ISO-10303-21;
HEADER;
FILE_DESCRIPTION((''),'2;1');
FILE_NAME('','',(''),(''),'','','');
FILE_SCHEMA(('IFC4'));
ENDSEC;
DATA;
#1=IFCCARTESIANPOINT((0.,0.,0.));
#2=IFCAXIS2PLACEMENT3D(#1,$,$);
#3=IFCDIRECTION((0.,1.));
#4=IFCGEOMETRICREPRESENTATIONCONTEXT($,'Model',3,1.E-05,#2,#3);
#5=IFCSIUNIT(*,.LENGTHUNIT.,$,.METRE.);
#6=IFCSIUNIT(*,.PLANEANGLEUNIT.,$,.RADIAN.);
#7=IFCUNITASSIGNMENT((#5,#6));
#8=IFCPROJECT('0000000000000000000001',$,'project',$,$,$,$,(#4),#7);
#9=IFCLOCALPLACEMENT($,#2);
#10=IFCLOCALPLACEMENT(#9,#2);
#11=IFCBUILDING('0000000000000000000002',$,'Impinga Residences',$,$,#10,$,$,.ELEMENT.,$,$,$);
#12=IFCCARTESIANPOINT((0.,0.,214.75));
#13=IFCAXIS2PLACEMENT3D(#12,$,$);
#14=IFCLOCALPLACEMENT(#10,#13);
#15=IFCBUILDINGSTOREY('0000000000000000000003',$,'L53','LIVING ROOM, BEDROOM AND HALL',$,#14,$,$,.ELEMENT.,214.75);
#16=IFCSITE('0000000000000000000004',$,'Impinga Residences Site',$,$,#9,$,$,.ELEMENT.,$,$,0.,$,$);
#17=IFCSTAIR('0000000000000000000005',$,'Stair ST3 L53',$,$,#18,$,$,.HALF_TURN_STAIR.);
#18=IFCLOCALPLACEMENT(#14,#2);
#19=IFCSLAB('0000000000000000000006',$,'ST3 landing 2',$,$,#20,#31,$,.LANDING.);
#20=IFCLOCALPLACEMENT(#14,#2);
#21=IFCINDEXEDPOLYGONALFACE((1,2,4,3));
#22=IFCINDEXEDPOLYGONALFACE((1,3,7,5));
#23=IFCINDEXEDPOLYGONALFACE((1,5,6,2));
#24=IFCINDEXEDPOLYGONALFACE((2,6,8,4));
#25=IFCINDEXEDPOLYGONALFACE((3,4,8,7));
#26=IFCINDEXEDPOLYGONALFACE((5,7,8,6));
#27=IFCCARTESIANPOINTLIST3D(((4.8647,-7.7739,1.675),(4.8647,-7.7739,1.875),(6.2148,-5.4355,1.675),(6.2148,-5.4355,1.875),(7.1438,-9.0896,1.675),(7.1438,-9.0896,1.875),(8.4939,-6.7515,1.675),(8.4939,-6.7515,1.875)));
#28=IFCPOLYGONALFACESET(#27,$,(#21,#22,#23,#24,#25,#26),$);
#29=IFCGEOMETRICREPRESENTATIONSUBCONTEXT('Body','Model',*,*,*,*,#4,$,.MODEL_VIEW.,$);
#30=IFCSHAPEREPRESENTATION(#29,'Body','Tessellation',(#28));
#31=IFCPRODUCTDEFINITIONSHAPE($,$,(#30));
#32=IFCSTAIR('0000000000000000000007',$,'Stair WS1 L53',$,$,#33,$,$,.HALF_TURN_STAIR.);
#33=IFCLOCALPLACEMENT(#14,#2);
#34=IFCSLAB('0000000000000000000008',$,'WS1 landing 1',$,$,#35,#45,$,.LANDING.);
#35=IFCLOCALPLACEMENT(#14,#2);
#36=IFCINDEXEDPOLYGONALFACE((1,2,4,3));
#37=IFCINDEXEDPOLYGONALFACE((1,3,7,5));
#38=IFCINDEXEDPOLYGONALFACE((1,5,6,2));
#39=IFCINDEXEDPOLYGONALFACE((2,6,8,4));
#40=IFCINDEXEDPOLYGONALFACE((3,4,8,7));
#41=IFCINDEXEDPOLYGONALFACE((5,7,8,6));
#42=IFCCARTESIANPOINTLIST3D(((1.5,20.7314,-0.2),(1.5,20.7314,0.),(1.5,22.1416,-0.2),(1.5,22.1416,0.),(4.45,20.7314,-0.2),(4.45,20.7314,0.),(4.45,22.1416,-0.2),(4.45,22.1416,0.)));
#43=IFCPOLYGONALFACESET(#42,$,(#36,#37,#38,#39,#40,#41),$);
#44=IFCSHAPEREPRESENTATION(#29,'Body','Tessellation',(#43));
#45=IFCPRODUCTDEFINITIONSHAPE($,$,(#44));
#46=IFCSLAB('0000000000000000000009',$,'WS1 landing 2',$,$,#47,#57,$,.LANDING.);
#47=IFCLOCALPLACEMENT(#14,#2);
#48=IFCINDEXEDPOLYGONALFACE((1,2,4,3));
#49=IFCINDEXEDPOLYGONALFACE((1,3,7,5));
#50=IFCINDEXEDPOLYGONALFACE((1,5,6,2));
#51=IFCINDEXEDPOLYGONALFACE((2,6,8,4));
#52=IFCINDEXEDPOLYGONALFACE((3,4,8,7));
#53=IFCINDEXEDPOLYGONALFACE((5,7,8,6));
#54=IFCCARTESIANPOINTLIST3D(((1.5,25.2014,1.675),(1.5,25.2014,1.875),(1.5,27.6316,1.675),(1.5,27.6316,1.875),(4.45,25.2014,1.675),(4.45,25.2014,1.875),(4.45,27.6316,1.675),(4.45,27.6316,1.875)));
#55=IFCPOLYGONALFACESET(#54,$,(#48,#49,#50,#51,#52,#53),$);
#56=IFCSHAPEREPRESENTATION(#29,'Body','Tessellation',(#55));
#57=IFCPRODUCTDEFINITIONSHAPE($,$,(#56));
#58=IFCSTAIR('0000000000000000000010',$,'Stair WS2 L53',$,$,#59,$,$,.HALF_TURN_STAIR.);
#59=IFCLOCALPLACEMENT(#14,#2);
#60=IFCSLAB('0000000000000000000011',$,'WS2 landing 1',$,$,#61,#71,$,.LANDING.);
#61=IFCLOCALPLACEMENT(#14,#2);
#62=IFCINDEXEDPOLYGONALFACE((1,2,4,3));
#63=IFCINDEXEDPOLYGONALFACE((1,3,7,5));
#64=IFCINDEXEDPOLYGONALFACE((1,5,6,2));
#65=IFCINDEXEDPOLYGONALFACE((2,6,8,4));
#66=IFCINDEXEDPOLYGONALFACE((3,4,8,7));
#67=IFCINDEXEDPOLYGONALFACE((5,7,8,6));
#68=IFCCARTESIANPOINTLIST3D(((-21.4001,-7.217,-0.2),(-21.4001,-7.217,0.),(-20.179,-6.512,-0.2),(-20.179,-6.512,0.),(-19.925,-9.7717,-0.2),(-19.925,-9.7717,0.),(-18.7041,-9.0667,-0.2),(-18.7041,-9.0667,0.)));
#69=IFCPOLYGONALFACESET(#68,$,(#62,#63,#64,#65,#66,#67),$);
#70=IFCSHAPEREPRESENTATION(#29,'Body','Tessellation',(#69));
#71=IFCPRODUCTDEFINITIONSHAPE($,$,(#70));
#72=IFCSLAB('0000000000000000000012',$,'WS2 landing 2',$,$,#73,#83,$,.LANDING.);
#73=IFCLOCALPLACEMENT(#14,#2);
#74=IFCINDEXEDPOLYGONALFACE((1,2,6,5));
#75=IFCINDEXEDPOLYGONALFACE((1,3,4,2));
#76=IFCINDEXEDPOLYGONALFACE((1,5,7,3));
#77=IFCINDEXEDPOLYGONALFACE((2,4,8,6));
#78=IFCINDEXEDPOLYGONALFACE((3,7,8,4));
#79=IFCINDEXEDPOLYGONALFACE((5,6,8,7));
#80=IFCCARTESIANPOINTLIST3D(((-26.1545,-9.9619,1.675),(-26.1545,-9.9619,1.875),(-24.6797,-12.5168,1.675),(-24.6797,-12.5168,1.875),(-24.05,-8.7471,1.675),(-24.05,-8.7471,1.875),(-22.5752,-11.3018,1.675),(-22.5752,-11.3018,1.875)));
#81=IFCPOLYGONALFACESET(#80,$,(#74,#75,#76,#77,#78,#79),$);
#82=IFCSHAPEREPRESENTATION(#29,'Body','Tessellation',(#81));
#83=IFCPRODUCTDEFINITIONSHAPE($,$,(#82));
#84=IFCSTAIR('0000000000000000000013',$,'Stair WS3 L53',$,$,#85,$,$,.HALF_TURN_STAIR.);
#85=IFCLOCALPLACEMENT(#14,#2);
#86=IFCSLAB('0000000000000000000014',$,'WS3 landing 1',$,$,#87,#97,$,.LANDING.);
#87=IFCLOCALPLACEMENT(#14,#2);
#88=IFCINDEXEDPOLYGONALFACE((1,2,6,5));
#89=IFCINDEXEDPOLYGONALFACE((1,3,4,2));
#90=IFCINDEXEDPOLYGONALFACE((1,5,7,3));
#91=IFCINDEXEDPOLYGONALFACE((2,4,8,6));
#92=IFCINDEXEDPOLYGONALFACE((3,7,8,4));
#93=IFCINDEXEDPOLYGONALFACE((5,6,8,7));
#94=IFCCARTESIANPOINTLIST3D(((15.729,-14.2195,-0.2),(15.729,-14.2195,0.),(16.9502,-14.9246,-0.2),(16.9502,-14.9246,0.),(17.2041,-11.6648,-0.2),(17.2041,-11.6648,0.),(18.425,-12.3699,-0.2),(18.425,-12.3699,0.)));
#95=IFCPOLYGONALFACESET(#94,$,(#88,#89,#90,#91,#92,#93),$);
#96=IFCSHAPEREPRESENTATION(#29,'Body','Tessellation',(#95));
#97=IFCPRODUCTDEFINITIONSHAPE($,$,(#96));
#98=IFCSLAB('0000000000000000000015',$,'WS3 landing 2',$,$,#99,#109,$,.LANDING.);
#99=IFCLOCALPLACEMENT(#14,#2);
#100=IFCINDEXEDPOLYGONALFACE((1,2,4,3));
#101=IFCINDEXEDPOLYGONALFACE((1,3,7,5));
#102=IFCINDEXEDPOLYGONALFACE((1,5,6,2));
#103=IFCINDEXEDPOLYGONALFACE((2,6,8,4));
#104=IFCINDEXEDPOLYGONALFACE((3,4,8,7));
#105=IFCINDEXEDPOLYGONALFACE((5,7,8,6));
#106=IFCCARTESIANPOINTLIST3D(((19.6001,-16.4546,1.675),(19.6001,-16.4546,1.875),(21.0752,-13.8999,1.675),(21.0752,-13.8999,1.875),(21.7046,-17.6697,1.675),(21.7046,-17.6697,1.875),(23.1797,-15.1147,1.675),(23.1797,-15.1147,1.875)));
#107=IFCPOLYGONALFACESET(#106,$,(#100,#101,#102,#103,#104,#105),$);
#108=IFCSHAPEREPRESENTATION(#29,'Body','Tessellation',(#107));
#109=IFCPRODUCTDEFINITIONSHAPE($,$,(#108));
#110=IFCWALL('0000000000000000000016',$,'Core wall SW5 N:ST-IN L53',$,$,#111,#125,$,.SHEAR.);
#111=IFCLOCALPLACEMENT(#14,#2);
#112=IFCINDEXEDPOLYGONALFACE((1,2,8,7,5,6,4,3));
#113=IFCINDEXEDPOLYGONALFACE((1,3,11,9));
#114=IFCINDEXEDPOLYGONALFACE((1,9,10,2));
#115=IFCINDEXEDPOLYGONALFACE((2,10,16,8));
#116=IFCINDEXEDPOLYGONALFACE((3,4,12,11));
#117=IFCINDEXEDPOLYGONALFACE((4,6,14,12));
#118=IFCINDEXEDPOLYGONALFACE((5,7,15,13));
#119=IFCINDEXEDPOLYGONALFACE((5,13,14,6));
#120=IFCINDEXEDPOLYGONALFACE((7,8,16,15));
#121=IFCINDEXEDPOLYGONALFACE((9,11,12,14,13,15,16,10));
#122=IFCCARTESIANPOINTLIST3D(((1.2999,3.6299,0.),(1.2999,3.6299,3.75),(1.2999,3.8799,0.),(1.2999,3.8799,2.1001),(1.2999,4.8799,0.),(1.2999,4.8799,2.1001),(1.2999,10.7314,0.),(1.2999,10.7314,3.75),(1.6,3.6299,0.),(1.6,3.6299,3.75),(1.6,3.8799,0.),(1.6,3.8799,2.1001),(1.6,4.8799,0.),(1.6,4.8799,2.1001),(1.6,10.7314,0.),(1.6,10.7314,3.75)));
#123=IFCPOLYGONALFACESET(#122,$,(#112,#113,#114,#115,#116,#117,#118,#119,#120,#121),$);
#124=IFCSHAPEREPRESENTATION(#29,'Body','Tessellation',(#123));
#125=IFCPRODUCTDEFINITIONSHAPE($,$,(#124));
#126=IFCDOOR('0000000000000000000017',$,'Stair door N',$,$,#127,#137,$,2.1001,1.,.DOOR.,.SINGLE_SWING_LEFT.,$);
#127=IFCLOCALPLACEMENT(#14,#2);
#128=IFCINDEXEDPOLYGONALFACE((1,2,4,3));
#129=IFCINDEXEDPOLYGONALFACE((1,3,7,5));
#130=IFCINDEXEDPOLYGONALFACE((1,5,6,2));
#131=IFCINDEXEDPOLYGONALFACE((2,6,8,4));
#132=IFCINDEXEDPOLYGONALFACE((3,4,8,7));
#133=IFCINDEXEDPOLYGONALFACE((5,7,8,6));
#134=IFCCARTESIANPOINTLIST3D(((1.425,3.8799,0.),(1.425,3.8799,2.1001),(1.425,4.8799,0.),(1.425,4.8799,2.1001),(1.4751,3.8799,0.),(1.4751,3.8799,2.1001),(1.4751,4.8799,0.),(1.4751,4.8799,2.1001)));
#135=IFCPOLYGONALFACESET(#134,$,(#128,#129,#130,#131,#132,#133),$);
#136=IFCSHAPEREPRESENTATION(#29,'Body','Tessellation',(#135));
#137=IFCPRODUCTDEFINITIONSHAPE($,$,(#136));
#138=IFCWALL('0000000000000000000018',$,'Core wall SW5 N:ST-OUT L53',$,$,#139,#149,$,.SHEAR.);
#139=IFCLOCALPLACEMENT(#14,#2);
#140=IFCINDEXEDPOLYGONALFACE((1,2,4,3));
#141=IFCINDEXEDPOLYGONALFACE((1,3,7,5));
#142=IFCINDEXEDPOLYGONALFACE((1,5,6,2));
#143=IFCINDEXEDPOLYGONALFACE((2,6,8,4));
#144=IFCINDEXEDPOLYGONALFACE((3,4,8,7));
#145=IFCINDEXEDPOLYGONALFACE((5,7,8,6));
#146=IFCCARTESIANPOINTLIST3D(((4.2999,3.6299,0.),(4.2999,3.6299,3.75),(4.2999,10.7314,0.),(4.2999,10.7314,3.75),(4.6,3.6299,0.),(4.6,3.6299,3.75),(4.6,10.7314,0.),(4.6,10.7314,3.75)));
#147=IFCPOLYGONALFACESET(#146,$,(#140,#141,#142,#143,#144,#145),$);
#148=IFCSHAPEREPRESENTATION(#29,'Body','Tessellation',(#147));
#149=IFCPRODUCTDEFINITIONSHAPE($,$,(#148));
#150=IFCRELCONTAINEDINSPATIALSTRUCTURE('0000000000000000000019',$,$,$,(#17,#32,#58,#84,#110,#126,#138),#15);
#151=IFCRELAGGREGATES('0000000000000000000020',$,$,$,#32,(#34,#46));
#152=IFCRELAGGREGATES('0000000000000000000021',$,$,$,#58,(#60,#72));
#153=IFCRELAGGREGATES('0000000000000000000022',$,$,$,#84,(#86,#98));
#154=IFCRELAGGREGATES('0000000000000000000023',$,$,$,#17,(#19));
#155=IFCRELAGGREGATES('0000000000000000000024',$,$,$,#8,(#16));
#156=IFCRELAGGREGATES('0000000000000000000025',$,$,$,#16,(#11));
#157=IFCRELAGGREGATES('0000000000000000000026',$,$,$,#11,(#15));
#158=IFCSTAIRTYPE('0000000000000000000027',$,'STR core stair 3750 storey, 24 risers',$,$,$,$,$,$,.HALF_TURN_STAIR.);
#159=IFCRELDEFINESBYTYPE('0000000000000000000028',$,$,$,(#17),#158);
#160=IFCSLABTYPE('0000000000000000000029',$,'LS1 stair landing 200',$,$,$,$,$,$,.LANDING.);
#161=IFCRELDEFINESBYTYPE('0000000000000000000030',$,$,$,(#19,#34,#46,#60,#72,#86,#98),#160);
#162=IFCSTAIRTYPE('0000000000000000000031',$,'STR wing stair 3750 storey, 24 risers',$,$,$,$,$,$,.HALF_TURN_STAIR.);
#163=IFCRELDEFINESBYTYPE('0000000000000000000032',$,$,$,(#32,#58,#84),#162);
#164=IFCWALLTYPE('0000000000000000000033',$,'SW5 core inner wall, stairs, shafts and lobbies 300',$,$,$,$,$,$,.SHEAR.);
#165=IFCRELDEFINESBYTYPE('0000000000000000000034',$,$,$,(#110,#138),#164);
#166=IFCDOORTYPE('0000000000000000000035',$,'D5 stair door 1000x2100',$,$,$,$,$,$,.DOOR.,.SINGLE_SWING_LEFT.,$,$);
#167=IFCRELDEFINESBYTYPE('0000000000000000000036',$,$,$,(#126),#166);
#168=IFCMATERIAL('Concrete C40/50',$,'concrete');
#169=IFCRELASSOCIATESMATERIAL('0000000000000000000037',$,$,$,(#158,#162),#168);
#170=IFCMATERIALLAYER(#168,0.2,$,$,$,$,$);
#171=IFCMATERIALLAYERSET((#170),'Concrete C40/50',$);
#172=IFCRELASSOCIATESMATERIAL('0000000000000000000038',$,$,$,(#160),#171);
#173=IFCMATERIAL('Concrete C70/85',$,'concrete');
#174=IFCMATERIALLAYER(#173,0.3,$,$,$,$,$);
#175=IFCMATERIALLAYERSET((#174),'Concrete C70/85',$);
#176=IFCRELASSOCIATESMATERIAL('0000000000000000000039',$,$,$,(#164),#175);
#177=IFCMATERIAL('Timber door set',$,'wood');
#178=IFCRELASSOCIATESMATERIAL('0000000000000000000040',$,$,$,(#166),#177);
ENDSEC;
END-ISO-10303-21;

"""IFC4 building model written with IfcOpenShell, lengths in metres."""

from ifc_helpers import new_model, si_unit, direction, frame, frame_2d, origin, place, context, subcontext, project, spatial, polyline, rectangle, outline, extrude, material, layer, layer_set, type_object, element, fill, aggregate, save


model = new_model("IFC4")

# Units and contexts
model_context = context("Model", 3, precision=1e-05, world=origin(), true_north=direction((0.0, 1.0)))
body_context = subcontext(model_context, "Body", "Model", "MODEL_VIEW")
ifc_project = project(units=[si_unit("LENGTHUNIT", "METRE"), si_unit("PLANEANGLEUNIT", "RADIAN")], contexts=[model_context])

# Site, building, storey
site_placement = place(None, origin())
site = spatial("IfcSite", under=ifc_project, at=site_placement, Name="Impinga Residences Site", CompositionType="ELEMENT", RefElevation=0.0)
building_placement = place(site_placement, origin())
building = spatial("IfcBuilding", under=site, at=building_placement, Name="Impinga Residences", CompositionType="ELEMENT")
storey_placement = place(building_placement, frame((0.0, 0.0, 214.75)))
storey = spatial("IfcBuildingStorey", under=building, at=storey_placement, Name="L53", Description="LIVING ROOM, BEDROOM AND HALL", CompositionType="ELEMENT", Elevation=214.75)

# Stair, slab
ifc_material_1 = material(Name="Concrete C40/50", Category="concrete")
stair_type_1 = type_object("IfcStairType", Name="STR core stair 3750 storey, 24 risers", PredefinedType="HALF_TURN_STAIR", material=ifc_material_1)
stair_1_placement = place(storey_placement, origin())
stair_1 = element("IfcStair", 1, at=stair_1_placement, inside=storey, type_object=stair_type_1, Name="Stair ST3 L53", PredefinedType="HALF_TURN_STAIR")
ifc_layer_1 = layer(ifc_material_1, 0.2)
ifc_layer_set_1 = layer_set([ifc_layer_1], Name="Concrete C40/50")
slab_type = type_object("IfcSlabType", Name="LS1 stair landing 200", PredefinedType="LANDING", material=ifc_layer_set_1)
slab_1_placement = place(storey_placement, frame((0.0, 0.0, 1.675)))
slab_1 = element("IfcSlab", 2, at=slab_1_placement, type_object=slab_type, Name="ST3 landing 2", PredefinedType="LANDING", context=body_context, shape_type="SweptSolid", body=[
    extrude(outline(polyline([(6.2148, -5.4355), (4.8647, -7.7739), (7.1438, -9.0896), (8.4939, -6.7515), (6.2148, -5.4355)])), origin(), (0.0, 0.0, 1.0), 0.2),
])

# Stairs, slabs
stair_type_2 = type_object("IfcStairType", Name="STR wing stair 3750 storey, 24 risers", PredefinedType="HALF_TURN_STAIR", material=ifc_material_1)
stair_2_placement = place(storey_placement, origin())
stair_2 = element("IfcStair", 3, at=stair_2_placement, inside=storey, type_object=stair_type_2, Name="Stair WS1 L53", PredefinedType="HALF_TURN_STAIR")
slab_2_placement = place(storey_placement, frame((0.0, 0.0, -0.2)))
slab_2 = element("IfcSlab", 4, at=slab_2_placement, type_object=slab_type, Name="WS1 landing 1", PredefinedType="LANDING", context=body_context, shape_type="SweptSolid", body=[
    extrude(outline(polyline([(1.5, 20.7314), (4.45, 20.7314), (4.45, 22.1416), (1.5, 22.1416), (1.5, 20.7314)])), origin(), (0.0, 0.0, 1.0), 0.2),
])
slab_3_placement = place(storey_placement, frame((0.0, 0.0, 1.675)))
slab_3 = element("IfcSlab", 5, at=slab_3_placement, type_object=slab_type, Name="WS1 landing 2", PredefinedType="LANDING", context=body_context, shape_type="SweptSolid", body=[
    extrude(outline(polyline([(1.5, 25.2014), (4.45, 25.2014), (4.45, 27.6316), (1.5, 27.6316), (1.5, 25.2014)])), origin(), (0.0, 0.0, 1.0), 0.2),
])
aggregate(stair_2, [slab_2, slab_3])
stair_3_placement = place(storey_placement, origin())
stair_3 = element("IfcStair", 6, at=stair_3_placement, inside=storey, type_object=stair_type_2, Name="Stair WS2 L53", PredefinedType="HALF_TURN_STAIR")
slab_4_placement = place(storey_placement, frame((0.0, 0.0, -0.2)))
slab_4 = element("IfcSlab", 7, at=slab_4_placement, type_object=slab_type, Name="WS2 landing 1", PredefinedType="LANDING", context=body_context, shape_type="SweptSolid", body=[
    extrude(outline(polyline([(-18.7041, -9.0667), (-20.179, -6.512), (-21.4001, -7.217), (-19.925, -9.7717), (-18.7041, -9.0667)])), origin(), (0.0, 0.0, 1.0), 0.2),
])
slab_5_placement = place(storey_placement, frame((0.0, 0.0, 1.675)))
slab_5 = element("IfcSlab", 8, at=slab_5_placement, type_object=slab_type, Name="WS2 landing 2", PredefinedType="LANDING", context=body_context, shape_type="SweptSolid", body=[
    extrude(outline(polyline([(-22.5752, -11.3018), (-24.05, -8.7471), (-26.1545, -9.9619), (-24.6797, -12.5168), (-22.5752, -11.3018)])), origin(), (0.0, 0.0, 1.0), 0.2),
])
aggregate(stair_3, [slab_4, slab_5])
stair_4_placement = place(storey_placement, origin())
stair_4 = element("IfcStair", 9, at=stair_4_placement, inside=storey, type_object=stair_type_2, Name="Stair WS3 L53", PredefinedType="HALF_TURN_STAIR")
slab_6_placement = place(storey_placement, frame((0.0, 0.0, -0.2)))
slab_6 = element("IfcSlab", 10, at=slab_6_placement, type_object=slab_type, Name="WS3 landing 1", PredefinedType="LANDING", context=body_context, shape_type="SweptSolid", body=[
    extrude(outline(polyline([(17.2041, -11.6648), (15.729, -14.2195), (16.9502, -14.9246), (18.425, -12.3699), (17.2041, -11.6648)])), origin(), (0.0, 0.0, 1.0), 0.2),
])
slab_7_placement = place(storey_placement, frame((0.0, 0.0, 1.675)))
slab_7 = element("IfcSlab", 11, at=slab_7_placement, type_object=slab_type, Name="WS3 landing 2", PredefinedType="LANDING", context=body_context, shape_type="SweptSolid", body=[
    extrude(outline(polyline([(21.0752, -13.8999), (19.6001, -16.4546), (21.7046, -17.6697), (23.1797, -15.1147), (21.0752, -13.8999)])), origin(), (0.0, 0.0, 1.0), 0.2),
])
aggregate(stair_4, [slab_6, slab_7])

# Wall, opening, door
ifc_material_2 = material(Name="Concrete C70/85", Category="concrete")
ifc_layer_2 = layer(ifc_material_2, 0.3)
ifc_layer_set_2 = layer_set([ifc_layer_2], Name="Concrete C70/85")
wall_type = type_object("IfcWallType", Name="SW5 core inner wall, stairs, shafts and lobbies 300", PredefinedType="SHEAR", material=ifc_layer_set_2)
wall_1_placement = place(storey_placement, frame((1.45, 3.6299, 0.0), z_axis=(0.0, 0.0, 1.0), x_axis=(0.0, 1.0, 0.0)))
wall_1 = element("IfcWall", 12, at=wall_1_placement, inside=storey, type_object=wall_type, Name="Core wall SW5 N:ST-IN L53", PredefinedType="SHEAR", context=body_context, shape_type="SweptSolid", body=[
    extrude(rectangle(XDim=7.1016, YDim=0.3, at=frame_2d((3.5508, 0.0))), origin(), (0.0, 0.0, 1.0), 3.75),
])
opening_1_placement = place(wall_1_placement, frame((0.25, 0.0, 0.0)))
opening_1 = element("IfcOpeningElement", 13, at=opening_1_placement, cuts=wall_1, PredefinedType="OPENING", context=body_context, shape_type="SweptSolid", body=[
    extrude(rectangle(XDim=1.0, YDim=2.1001, at=frame_2d((0.5, 1.05))), frame((0.0, 0.1599, 0.0), z_axis=(0.0, -1.0, 0.0), x_axis=(1.0, 0.0, 0.0)), (0.0, 0.0, 1.0), 0.3201),
])
ifc_material_3 = material(Name="Timber door set", Category="wood")
door_type_1 = type_object("IfcDoorType", Name="D5 stair door 1000x2100", OperationType="SINGLE_SWING_LEFT", PredefinedType="DOOR", material=ifc_material_3)
door_1_placement = place(opening_1_placement, origin())
door_1 = element("IfcDoor", 14, at=door_1_placement, inside=storey, type_object=door_type_1, Name="Stair door N", OperationType="SINGLE_SWING_LEFT", OverallHeight=2.1001, OverallWidth=1.0, PredefinedType="DOOR", context=body_context, shape_type="SweptSolid", body=[
    extrude(rectangle(XDim=1.0, YDim=2.1001, at=frame_2d((0.5, 1.05))), frame((0.0, 0.0249, 0.0), z_axis=(0.0, -1.0, 0.0), x_axis=(1.0, 0.0, 0.0)), (0.0, 0.0, 1.0), 0.05),
])
fill(opening_1, door_1)

# Wall
wall_2_placement = place(storey_placement, frame((4.45, 3.6299, 0.0), z_axis=(0.0, 0.0, 1.0), x_axis=(0.0, 1.0, 0.0)))
element("IfcWall", 15, at=wall_2_placement, inside=storey, type_object=wall_type, Name="Core wall SW5 N:ST-OUT L53", PredefinedType="SHEAR", context=body_context, shape_type="SweptSolid", body=[
    extrude(rectangle(XDim=7.1016, YDim=0.3, at=frame_2d((3.5508, 0.0))), origin(), (0.0, 0.0, 1.0), 3.75),
])

aggregate(stair_1, [slab_1])

save(model, "model.ifc")
